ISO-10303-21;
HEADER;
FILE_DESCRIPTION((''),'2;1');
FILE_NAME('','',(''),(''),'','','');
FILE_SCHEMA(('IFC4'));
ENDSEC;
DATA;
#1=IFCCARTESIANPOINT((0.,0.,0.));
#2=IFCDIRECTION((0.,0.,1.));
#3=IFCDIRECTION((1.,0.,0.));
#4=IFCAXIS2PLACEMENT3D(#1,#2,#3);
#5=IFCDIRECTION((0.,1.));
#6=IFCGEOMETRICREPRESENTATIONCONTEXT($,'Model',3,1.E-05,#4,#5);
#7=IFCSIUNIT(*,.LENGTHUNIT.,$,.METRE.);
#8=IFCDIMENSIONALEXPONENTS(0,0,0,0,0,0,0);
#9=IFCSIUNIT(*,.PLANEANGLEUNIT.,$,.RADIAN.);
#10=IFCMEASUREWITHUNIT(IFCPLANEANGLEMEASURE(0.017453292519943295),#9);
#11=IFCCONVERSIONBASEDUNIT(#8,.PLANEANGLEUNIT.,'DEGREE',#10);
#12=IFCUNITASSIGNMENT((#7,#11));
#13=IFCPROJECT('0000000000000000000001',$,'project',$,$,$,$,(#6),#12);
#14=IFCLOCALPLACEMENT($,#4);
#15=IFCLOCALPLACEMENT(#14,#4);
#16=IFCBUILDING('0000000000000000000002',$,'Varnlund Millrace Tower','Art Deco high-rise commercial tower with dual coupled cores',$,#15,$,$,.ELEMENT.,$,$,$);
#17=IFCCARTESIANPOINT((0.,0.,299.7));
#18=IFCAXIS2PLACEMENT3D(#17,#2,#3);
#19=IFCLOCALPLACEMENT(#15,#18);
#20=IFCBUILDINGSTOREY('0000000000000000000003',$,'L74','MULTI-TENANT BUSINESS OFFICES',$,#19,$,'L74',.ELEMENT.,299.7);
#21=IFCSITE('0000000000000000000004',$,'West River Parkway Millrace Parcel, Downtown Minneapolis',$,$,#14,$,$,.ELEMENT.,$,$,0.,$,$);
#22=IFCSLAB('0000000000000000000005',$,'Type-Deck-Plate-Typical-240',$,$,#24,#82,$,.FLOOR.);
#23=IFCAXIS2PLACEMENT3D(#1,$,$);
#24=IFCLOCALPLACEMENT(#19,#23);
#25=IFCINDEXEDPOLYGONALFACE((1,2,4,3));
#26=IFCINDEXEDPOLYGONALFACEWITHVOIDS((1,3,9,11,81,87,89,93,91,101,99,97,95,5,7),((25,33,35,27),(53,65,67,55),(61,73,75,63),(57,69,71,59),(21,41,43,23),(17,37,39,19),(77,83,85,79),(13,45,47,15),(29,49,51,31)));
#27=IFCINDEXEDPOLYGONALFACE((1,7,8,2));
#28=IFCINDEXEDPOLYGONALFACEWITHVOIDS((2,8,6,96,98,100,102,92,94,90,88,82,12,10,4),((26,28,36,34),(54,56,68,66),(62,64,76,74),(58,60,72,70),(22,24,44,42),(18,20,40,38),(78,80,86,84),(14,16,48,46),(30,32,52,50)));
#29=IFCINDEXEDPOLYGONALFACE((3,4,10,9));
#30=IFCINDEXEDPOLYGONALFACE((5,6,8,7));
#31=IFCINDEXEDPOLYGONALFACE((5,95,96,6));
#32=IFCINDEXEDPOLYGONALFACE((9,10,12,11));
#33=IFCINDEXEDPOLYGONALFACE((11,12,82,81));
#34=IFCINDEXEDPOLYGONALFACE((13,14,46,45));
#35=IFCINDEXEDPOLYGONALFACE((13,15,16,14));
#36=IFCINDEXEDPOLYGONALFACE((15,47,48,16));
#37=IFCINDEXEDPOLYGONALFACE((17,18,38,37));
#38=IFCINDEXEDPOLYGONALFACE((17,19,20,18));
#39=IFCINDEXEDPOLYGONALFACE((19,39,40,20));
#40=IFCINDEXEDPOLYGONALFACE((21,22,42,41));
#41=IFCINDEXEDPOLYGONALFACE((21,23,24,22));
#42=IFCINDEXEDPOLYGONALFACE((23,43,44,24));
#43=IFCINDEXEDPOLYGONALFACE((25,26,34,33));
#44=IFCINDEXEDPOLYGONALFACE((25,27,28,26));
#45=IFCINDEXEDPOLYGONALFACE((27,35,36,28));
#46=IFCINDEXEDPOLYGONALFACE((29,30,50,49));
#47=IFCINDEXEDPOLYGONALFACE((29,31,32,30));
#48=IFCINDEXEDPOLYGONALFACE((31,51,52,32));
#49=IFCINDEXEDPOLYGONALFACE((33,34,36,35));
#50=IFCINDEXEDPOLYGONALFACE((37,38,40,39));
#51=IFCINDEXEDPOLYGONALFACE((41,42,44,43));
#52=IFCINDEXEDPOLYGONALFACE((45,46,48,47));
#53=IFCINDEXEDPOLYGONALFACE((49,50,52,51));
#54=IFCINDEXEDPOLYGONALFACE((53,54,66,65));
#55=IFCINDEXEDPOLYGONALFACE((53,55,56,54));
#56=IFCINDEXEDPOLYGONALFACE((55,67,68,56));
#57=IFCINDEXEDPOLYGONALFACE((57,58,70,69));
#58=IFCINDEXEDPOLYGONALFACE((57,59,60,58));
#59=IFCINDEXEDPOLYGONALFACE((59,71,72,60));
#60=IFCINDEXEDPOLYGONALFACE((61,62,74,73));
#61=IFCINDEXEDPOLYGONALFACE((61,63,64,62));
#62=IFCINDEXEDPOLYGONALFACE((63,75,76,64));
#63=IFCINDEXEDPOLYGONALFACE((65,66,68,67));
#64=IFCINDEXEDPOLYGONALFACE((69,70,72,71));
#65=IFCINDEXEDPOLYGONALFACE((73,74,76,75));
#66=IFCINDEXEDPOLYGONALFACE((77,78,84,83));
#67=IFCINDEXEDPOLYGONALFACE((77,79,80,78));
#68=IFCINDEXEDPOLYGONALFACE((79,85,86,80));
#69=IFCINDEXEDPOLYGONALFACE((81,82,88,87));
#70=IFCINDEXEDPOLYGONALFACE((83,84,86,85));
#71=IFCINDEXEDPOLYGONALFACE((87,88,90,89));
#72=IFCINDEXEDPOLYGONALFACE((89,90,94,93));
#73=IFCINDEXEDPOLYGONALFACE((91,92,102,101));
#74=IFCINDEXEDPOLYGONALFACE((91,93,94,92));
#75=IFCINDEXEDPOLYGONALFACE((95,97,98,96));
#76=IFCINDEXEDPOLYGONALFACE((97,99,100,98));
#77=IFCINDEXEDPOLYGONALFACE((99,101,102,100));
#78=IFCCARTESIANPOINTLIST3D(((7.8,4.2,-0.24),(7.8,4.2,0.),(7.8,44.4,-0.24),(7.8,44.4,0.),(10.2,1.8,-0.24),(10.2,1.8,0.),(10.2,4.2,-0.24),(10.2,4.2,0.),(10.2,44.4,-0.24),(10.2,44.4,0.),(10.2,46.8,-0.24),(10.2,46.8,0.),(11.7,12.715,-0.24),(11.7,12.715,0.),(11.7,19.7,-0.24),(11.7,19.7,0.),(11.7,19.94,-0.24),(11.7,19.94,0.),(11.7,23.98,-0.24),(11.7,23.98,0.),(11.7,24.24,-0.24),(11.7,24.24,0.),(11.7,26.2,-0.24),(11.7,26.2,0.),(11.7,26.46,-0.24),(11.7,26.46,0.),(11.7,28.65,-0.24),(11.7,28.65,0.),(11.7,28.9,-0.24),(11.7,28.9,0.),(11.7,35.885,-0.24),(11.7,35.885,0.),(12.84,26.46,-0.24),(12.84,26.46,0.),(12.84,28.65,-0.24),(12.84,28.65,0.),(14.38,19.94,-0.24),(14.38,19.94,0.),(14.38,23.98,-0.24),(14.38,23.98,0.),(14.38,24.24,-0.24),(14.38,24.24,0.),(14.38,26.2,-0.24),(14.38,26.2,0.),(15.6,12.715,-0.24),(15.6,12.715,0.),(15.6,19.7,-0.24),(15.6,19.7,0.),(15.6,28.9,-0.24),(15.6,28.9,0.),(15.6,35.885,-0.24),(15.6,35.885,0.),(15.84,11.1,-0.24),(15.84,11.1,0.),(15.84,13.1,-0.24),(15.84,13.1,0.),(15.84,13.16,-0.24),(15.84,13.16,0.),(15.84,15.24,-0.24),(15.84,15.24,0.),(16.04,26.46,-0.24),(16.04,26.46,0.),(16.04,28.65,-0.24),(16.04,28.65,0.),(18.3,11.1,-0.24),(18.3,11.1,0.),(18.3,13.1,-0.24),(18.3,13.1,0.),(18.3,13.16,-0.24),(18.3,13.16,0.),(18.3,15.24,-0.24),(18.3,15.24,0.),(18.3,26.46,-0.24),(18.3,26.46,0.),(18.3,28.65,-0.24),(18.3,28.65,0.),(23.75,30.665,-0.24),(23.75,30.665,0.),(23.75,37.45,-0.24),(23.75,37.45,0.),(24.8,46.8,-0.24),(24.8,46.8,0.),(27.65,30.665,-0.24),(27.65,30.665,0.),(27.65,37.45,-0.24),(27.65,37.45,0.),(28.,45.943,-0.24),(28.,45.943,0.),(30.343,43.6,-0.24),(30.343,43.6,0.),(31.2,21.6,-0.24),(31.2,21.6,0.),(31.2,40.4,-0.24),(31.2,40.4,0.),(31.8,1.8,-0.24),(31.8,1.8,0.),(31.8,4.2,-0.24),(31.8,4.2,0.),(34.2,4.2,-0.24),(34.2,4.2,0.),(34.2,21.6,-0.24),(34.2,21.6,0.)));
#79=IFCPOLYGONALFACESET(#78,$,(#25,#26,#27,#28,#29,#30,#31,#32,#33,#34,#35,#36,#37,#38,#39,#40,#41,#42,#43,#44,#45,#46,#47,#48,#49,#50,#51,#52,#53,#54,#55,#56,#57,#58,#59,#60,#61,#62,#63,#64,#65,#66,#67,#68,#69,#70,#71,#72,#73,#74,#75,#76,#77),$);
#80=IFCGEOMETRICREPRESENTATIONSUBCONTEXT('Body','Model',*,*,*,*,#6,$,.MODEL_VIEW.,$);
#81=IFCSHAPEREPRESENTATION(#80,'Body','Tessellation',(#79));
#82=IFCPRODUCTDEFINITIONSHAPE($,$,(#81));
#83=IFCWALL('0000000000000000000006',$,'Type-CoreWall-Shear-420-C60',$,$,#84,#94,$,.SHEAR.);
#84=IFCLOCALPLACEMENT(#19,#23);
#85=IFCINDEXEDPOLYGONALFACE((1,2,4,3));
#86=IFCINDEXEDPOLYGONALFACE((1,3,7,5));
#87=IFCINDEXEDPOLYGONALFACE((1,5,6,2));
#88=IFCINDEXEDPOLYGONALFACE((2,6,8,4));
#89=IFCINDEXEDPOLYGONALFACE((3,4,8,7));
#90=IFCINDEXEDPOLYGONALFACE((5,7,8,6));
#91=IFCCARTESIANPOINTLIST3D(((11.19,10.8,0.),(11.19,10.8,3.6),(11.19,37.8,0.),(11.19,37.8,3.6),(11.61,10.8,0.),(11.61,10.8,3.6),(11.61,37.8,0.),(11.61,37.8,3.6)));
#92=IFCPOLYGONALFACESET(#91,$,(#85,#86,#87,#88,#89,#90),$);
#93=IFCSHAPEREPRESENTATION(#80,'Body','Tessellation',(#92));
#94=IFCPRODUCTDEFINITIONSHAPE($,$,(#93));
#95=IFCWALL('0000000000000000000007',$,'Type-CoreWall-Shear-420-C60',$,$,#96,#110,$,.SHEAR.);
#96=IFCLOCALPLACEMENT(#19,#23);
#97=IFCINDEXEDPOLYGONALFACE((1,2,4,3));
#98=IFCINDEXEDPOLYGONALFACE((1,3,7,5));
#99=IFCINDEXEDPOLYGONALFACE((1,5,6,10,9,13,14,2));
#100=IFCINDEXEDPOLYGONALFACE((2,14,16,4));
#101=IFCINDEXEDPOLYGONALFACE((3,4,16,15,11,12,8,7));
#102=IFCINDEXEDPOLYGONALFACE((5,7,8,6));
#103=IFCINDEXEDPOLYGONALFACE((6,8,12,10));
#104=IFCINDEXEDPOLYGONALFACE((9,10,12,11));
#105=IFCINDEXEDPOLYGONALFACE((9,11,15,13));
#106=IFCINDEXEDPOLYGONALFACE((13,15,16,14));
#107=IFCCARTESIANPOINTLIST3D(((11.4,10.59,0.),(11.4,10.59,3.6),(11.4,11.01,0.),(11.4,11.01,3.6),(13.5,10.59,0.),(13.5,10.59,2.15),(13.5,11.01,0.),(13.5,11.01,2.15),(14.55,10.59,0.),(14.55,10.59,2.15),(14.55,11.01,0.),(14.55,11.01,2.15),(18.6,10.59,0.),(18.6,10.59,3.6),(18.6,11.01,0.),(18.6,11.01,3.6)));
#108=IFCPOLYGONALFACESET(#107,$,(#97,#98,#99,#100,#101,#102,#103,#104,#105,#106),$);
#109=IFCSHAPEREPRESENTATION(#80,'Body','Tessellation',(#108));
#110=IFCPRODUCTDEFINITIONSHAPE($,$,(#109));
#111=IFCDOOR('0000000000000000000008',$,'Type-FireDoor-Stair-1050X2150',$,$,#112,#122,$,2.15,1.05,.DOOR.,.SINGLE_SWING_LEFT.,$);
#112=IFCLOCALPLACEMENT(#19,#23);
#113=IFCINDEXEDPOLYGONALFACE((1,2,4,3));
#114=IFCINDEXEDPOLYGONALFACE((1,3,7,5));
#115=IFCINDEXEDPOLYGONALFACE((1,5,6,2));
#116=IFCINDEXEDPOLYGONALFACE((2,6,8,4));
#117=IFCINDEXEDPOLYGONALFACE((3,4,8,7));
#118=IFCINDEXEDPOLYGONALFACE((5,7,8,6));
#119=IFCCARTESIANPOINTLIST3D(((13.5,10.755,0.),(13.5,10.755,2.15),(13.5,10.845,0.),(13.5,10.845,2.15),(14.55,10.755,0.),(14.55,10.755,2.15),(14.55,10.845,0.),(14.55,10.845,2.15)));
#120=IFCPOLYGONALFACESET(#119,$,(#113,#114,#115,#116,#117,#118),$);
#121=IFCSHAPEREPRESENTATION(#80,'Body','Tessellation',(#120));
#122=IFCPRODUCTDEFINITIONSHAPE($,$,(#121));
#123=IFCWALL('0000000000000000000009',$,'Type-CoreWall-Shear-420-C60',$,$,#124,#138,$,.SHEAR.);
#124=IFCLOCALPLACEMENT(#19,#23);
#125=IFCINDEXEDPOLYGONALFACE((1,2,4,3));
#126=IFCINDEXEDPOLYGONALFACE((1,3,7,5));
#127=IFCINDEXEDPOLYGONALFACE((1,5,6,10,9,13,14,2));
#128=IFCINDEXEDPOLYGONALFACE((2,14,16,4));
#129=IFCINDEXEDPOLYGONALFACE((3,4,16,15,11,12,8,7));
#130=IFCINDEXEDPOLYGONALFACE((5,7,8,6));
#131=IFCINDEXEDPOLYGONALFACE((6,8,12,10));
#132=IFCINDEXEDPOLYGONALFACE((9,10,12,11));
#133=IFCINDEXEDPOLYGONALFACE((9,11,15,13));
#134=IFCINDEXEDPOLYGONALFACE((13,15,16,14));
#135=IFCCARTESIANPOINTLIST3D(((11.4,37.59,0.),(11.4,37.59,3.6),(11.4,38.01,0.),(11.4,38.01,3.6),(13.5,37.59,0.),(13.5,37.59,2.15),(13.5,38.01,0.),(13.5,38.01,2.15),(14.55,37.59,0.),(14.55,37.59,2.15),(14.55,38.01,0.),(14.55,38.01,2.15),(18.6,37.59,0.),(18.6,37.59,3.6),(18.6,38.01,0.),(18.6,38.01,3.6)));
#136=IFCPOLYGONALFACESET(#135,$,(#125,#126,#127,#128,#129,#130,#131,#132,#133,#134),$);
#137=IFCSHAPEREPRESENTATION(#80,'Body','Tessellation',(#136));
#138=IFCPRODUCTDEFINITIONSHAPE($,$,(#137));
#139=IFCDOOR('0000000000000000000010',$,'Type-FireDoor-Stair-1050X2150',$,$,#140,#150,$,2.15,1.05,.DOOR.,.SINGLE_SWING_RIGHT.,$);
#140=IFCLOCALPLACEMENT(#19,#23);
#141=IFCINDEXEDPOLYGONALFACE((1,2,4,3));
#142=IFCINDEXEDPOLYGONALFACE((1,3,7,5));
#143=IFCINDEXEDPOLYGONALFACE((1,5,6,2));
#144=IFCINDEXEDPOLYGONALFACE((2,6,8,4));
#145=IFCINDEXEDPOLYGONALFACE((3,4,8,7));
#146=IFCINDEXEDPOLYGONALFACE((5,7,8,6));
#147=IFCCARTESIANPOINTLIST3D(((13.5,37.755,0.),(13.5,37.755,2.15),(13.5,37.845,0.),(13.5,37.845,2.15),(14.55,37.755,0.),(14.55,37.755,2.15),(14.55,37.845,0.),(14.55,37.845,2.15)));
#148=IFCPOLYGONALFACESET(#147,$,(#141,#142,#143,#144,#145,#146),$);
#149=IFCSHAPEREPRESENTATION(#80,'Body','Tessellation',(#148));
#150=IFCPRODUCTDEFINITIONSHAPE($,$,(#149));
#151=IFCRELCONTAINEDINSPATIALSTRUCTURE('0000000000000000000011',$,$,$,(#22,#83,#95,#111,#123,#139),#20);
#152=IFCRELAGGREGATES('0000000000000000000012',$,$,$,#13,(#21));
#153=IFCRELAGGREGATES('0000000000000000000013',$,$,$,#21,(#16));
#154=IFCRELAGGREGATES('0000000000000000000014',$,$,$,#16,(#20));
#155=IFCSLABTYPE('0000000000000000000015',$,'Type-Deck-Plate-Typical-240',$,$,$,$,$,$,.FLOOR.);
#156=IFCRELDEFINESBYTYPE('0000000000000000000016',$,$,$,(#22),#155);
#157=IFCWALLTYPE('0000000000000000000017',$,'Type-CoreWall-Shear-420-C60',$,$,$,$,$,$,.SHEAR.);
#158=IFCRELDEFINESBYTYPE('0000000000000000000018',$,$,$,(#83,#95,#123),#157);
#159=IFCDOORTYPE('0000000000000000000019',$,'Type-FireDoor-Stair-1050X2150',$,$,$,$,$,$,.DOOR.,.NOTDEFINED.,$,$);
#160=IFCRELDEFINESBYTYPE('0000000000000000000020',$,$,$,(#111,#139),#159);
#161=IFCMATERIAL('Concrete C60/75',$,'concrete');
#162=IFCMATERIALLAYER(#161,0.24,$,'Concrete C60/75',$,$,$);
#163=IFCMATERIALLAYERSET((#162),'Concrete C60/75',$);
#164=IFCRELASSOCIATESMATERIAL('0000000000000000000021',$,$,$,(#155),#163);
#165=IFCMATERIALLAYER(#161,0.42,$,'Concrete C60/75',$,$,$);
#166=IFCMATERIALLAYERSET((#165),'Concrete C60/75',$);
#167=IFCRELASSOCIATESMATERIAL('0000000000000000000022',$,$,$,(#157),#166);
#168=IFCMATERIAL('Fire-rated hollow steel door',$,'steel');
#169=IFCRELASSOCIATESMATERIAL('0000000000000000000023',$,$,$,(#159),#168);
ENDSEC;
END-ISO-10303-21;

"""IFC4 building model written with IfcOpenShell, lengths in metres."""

from ifc_helpers import new_model, entity, si_unit, converted_unit, direction, frame, origin_with_axes, origin_2d_with_axis, place, context, subcontext, project, spatial, polyline, rectangle, outline, extrude, material, layer, layer_set, type_object, element, fill, save


model = new_model("IFC4")

# Units and contexts
model_context = context("Model", 3, precision=1e-05, world=origin_with_axes(), true_north=direction((0.0, 1.0)))
body_context = subcontext(model_context, "Body", "Model", "MODEL_VIEW")
ifc_project = project(units=[si_unit("LENGTHUNIT", "METRE"), converted_unit("PLANEANGLEUNIT", "DEGREE", entity("IfcPlaneAngleMeasure", 0.017453292519943295), si_unit("PLANEANGLEUNIT", "RADIAN"), dimensions=[0, 0, 0, 0, 0, 0, 0])], contexts=[model_context])

# Site, building, storey
site_placement = place(None, origin_with_axes())
site = spatial("IfcSite", under=ifc_project, at=site_placement, Name="West River Parkway Millrace Parcel, Downtown Minneapolis", CompositionType="ELEMENT", RefElevation=0.0)
building_placement = place(site_placement, origin_with_axes())
building = spatial("IfcBuilding", under=site, at=building_placement, Name="Varnlund Millrace Tower", Description="Art Deco high-rise commercial tower with dual coupled cores", CompositionType="ELEMENT")
storey_placement = place(building_placement, frame((0.0, 0.0, 299.7), z_axis=(0.0, 0.0, 1.0), x_axis=(1.0, 0.0, 0.0)))
storey = spatial("IfcBuildingStorey", under=building, at=storey_placement, Name="L74", Description="MULTI-TENANT BUSINESS OFFICES", LongName="L74", CompositionType="ELEMENT", Elevation=299.7)

# Slab
ifc_material_1 = material(Name="Concrete C60/75", Category="concrete")
ifc_layer_1 = layer(ifc_material_1, 0.24, Name="Concrete C60/75")
ifc_layer_set_1 = layer_set([ifc_layer_1], Name="Concrete C60/75")
slab_type = type_object("IfcSlabType", Name="Type-Deck-Plate-Typical-240", PredefinedType="FLOOR", material=ifc_layer_set_1)
slab_placement = place(storey_placement, frame((0.0, 0.0, -0.24), z_axis=(0.0, 0.0, 1.0), x_axis=(1.0, 0.0, 0.0)))
element("IfcSlab", 1, at=slab_placement, inside=storey, type_object=slab_type, Name="Type-Deck-Plate-Typical-240", PredefinedType="FLOOR", context=body_context, shape_type="SweptSolid", body=[
    extrude(outline(polyline([(34.2, 21.6), (31.2, 21.6), (31.2, 40.4), (30.343, 43.6), (28.0, 45.943), (24.8, 46.8), (10.2, 46.8), (10.2, 44.4), (7.8, 44.4), (7.8, 4.2), (10.2, 4.2), (10.2, 1.8), (31.8, 1.8), (31.8, 4.2), (34.2, 4.2), (34.2, 21.6)]), holes=[polyline([(18.3, 13.1), (18.3, 11.1), (15.84, 11.1), (15.84, 13.1), (18.3, 13.1)]), polyline([(18.3, 15.24), (18.3, 13.16), (15.84, 13.16), (15.84, 15.24), (18.3, 15.24)]), polyline([(15.6, 19.7), (15.6, 12.715), (11.7, 12.715), (11.7, 19.7), (15.6, 19.7)]), polyline([(11.7, 23.98), (14.38, 23.98), (14.38, 19.94), (11.7, 19.94), (11.7, 23.98)]), polyline([(14.38, 26.2), (14.38, 24.24), (11.7, 24.24), (11.7, 26.2), (14.38, 26.2)]), polyline([(12.84, 28.65), (12.84, 26.46), (11.7, 26.46), (11.7, 28.65), (12.84, 28.65)]), polyline([(18.3, 28.65), (18.3, 26.46), (16.04, 26.46), (16.04, 28.65), (18.3, 28.65)]), polyline([(15.6, 28.9), (11.7, 28.9), (11.7, 35.885), (15.6, 35.885), (15.6, 28.9)]), polyline([(27.65, 30.665), (23.75, 30.665), (23.75, 37.45), (27.65, 37.45), (27.65, 30.665)])]), origin_with_axes(), (0.0, 0.0, 1.0), 0.24),
])

# Wall
ifc_layer_2 = layer(ifc_material_1, 0.42, Name="Concrete C60/75")
ifc_layer_set_2 = layer_set([ifc_layer_2], Name="Concrete C60/75")
wall_type = type_object("IfcWallType", Name="Type-CoreWall-Shear-420-C60", PredefinedType="SHEAR", material=ifc_layer_set_2)
wall_1_placement = place(storey_placement, frame((11.4, 10.8, 0.0), z_axis=(0.0, 0.0, 1.0), x_axis=(0.0, 1.0, 0.0)))
element("IfcWall", 2, at=wall_1_placement, inside=storey, type_object=wall_type, Name="Type-CoreWall-Shear-420-C60", PredefinedType="SHEAR", context=body_context, shape_type="SweptSolid", body=[
    extrude(outline(polyline([(0.0, -0.21), (27.0, -0.21), (27.0, 0.21), (0.0, 0.21), (0.0, -0.21)])), origin_with_axes(), (0.0, 0.0, 1.0), 3.6),
])

# Walls, openings, doors
wall_2_placement = place(storey_placement, frame((11.4, 10.8, 0.0), z_axis=(0.0, 0.0, 1.0), x_axis=(1.0, 0.0, 0.0)))
wall_2 = element("IfcWall", 3, at=wall_2_placement, inside=storey, type_object=wall_type, Name="Type-CoreWall-Shear-420-C60", PredefinedType="SHEAR", context=body_context, shape_type="SweptSolid", body=[
    extrude(outline(polyline([(0.0, -0.21), (7.2, -0.21), (7.2, 0.21), (0.0, 0.21), (0.0, -0.21)])), origin_with_axes(), (0.0, 0.0, 1.0), 3.6),
])
opening_1_placement = place(wall_2_placement, frame((2.625, 0.0, 0.0), z_axis=(0.0, 0.0, 1.0), x_axis=(1.0, 0.0, 0.0)))
opening_1 = element("IfcOpeningElement", 4, at=opening_1_placement, cuts=wall_2, PredefinedType="OPENING", context=body_context, shape_type="SweptSolid", body=[
    extrude(rectangle(XDim=1.05, YDim=0.44, at=origin_2d_with_axis()), origin_with_axes(), (0.0, 0.0, 1.0), 2.15),
])
ifc_material_2 = material(Name="Fire-rated hollow steel door", Category="steel")
door_type_1 = type_object("IfcDoorType", Name="Type-FireDoor-Stair-1050X2150", OperationType="NOTDEFINED", PredefinedType="DOOR", material=ifc_material_2)
door_1_placement = place(wall_2_placement, frame((2.625, 0.0, 0.0), z_axis=(0.0, 0.0, 1.0), x_axis=(1.0, 0.0, 0.0)))
door_1 = element("IfcDoor", 5, at=door_1_placement, inside=storey, type_object=door_type_1, Name="Type-FireDoor-Stair-1050X2150", OperationType="SINGLE_SWING_LEFT", OverallHeight=2.15, OverallWidth=1.05, PredefinedType="DOOR", context=body_context, shape_type="SweptSolid", body=[
    extrude(rectangle(XDim=1.05, YDim=0.09, at=origin_2d_with_axis()), origin_with_axes(), (0.0, 0.0, 1.0), 2.15),
])
fill(opening_1, door_1)
wall_3_placement = place(storey_placement, frame((11.4, 37.8, 0.0), z_axis=(0.0, 0.0, 1.0), x_axis=(1.0, 0.0, 0.0)))
wall_3 = element("IfcWall", 6, at=wall_3_placement, inside=storey, type_object=wall_type, Name="Type-CoreWall-Shear-420-C60", PredefinedType="SHEAR", context=body_context, shape_type="SweptSolid", body=[
    extrude(outline(polyline([(0.0, -0.21), (7.2, -0.21), (7.2, 0.21), (0.0, 0.21), (0.0, -0.21)])), origin_with_axes(), (0.0, 0.0, 1.0), 3.6),
])
opening_2_placement = place(wall_3_placement, frame((2.625, 0.0, 0.0), z_axis=(0.0, 0.0, 1.0), x_axis=(1.0, 0.0, 0.0)))
opening_2 = element("IfcOpeningElement", 7, at=opening_2_placement, cuts=wall_3, PredefinedType="OPENING", context=body_context, shape_type="SweptSolid", body=[
    extrude(rectangle(XDim=1.05, YDim=0.44, at=origin_2d_with_axis()), origin_with_axes(), (0.0, 0.0, 1.0), 2.15),
])
door_2_placement = place(wall_3_placement, frame((2.625, 0.0, 0.0), z_axis=(0.0, 0.0, 1.0), x_axis=(1.0, 0.0, 0.0)))
door_2 = element("IfcDoor", 8, at=door_2_placement, inside=storey, type_object=door_type_1, Name="Type-FireDoor-Stair-1050X2150", OperationType="SINGLE_SWING_RIGHT", OverallHeight=2.15, OverallWidth=1.05, PredefinedType="DOOR", context=body_context, shape_type="SweptSolid", body=[
    extrude(rectangle(XDim=1.05, YDim=0.09, at=origin_2d_with_axis()), origin_with_axes(), (0.0, 0.0, 1.0), 2.15),
])
fill(opening_2, door_2)

save(model, "model.ifc")
